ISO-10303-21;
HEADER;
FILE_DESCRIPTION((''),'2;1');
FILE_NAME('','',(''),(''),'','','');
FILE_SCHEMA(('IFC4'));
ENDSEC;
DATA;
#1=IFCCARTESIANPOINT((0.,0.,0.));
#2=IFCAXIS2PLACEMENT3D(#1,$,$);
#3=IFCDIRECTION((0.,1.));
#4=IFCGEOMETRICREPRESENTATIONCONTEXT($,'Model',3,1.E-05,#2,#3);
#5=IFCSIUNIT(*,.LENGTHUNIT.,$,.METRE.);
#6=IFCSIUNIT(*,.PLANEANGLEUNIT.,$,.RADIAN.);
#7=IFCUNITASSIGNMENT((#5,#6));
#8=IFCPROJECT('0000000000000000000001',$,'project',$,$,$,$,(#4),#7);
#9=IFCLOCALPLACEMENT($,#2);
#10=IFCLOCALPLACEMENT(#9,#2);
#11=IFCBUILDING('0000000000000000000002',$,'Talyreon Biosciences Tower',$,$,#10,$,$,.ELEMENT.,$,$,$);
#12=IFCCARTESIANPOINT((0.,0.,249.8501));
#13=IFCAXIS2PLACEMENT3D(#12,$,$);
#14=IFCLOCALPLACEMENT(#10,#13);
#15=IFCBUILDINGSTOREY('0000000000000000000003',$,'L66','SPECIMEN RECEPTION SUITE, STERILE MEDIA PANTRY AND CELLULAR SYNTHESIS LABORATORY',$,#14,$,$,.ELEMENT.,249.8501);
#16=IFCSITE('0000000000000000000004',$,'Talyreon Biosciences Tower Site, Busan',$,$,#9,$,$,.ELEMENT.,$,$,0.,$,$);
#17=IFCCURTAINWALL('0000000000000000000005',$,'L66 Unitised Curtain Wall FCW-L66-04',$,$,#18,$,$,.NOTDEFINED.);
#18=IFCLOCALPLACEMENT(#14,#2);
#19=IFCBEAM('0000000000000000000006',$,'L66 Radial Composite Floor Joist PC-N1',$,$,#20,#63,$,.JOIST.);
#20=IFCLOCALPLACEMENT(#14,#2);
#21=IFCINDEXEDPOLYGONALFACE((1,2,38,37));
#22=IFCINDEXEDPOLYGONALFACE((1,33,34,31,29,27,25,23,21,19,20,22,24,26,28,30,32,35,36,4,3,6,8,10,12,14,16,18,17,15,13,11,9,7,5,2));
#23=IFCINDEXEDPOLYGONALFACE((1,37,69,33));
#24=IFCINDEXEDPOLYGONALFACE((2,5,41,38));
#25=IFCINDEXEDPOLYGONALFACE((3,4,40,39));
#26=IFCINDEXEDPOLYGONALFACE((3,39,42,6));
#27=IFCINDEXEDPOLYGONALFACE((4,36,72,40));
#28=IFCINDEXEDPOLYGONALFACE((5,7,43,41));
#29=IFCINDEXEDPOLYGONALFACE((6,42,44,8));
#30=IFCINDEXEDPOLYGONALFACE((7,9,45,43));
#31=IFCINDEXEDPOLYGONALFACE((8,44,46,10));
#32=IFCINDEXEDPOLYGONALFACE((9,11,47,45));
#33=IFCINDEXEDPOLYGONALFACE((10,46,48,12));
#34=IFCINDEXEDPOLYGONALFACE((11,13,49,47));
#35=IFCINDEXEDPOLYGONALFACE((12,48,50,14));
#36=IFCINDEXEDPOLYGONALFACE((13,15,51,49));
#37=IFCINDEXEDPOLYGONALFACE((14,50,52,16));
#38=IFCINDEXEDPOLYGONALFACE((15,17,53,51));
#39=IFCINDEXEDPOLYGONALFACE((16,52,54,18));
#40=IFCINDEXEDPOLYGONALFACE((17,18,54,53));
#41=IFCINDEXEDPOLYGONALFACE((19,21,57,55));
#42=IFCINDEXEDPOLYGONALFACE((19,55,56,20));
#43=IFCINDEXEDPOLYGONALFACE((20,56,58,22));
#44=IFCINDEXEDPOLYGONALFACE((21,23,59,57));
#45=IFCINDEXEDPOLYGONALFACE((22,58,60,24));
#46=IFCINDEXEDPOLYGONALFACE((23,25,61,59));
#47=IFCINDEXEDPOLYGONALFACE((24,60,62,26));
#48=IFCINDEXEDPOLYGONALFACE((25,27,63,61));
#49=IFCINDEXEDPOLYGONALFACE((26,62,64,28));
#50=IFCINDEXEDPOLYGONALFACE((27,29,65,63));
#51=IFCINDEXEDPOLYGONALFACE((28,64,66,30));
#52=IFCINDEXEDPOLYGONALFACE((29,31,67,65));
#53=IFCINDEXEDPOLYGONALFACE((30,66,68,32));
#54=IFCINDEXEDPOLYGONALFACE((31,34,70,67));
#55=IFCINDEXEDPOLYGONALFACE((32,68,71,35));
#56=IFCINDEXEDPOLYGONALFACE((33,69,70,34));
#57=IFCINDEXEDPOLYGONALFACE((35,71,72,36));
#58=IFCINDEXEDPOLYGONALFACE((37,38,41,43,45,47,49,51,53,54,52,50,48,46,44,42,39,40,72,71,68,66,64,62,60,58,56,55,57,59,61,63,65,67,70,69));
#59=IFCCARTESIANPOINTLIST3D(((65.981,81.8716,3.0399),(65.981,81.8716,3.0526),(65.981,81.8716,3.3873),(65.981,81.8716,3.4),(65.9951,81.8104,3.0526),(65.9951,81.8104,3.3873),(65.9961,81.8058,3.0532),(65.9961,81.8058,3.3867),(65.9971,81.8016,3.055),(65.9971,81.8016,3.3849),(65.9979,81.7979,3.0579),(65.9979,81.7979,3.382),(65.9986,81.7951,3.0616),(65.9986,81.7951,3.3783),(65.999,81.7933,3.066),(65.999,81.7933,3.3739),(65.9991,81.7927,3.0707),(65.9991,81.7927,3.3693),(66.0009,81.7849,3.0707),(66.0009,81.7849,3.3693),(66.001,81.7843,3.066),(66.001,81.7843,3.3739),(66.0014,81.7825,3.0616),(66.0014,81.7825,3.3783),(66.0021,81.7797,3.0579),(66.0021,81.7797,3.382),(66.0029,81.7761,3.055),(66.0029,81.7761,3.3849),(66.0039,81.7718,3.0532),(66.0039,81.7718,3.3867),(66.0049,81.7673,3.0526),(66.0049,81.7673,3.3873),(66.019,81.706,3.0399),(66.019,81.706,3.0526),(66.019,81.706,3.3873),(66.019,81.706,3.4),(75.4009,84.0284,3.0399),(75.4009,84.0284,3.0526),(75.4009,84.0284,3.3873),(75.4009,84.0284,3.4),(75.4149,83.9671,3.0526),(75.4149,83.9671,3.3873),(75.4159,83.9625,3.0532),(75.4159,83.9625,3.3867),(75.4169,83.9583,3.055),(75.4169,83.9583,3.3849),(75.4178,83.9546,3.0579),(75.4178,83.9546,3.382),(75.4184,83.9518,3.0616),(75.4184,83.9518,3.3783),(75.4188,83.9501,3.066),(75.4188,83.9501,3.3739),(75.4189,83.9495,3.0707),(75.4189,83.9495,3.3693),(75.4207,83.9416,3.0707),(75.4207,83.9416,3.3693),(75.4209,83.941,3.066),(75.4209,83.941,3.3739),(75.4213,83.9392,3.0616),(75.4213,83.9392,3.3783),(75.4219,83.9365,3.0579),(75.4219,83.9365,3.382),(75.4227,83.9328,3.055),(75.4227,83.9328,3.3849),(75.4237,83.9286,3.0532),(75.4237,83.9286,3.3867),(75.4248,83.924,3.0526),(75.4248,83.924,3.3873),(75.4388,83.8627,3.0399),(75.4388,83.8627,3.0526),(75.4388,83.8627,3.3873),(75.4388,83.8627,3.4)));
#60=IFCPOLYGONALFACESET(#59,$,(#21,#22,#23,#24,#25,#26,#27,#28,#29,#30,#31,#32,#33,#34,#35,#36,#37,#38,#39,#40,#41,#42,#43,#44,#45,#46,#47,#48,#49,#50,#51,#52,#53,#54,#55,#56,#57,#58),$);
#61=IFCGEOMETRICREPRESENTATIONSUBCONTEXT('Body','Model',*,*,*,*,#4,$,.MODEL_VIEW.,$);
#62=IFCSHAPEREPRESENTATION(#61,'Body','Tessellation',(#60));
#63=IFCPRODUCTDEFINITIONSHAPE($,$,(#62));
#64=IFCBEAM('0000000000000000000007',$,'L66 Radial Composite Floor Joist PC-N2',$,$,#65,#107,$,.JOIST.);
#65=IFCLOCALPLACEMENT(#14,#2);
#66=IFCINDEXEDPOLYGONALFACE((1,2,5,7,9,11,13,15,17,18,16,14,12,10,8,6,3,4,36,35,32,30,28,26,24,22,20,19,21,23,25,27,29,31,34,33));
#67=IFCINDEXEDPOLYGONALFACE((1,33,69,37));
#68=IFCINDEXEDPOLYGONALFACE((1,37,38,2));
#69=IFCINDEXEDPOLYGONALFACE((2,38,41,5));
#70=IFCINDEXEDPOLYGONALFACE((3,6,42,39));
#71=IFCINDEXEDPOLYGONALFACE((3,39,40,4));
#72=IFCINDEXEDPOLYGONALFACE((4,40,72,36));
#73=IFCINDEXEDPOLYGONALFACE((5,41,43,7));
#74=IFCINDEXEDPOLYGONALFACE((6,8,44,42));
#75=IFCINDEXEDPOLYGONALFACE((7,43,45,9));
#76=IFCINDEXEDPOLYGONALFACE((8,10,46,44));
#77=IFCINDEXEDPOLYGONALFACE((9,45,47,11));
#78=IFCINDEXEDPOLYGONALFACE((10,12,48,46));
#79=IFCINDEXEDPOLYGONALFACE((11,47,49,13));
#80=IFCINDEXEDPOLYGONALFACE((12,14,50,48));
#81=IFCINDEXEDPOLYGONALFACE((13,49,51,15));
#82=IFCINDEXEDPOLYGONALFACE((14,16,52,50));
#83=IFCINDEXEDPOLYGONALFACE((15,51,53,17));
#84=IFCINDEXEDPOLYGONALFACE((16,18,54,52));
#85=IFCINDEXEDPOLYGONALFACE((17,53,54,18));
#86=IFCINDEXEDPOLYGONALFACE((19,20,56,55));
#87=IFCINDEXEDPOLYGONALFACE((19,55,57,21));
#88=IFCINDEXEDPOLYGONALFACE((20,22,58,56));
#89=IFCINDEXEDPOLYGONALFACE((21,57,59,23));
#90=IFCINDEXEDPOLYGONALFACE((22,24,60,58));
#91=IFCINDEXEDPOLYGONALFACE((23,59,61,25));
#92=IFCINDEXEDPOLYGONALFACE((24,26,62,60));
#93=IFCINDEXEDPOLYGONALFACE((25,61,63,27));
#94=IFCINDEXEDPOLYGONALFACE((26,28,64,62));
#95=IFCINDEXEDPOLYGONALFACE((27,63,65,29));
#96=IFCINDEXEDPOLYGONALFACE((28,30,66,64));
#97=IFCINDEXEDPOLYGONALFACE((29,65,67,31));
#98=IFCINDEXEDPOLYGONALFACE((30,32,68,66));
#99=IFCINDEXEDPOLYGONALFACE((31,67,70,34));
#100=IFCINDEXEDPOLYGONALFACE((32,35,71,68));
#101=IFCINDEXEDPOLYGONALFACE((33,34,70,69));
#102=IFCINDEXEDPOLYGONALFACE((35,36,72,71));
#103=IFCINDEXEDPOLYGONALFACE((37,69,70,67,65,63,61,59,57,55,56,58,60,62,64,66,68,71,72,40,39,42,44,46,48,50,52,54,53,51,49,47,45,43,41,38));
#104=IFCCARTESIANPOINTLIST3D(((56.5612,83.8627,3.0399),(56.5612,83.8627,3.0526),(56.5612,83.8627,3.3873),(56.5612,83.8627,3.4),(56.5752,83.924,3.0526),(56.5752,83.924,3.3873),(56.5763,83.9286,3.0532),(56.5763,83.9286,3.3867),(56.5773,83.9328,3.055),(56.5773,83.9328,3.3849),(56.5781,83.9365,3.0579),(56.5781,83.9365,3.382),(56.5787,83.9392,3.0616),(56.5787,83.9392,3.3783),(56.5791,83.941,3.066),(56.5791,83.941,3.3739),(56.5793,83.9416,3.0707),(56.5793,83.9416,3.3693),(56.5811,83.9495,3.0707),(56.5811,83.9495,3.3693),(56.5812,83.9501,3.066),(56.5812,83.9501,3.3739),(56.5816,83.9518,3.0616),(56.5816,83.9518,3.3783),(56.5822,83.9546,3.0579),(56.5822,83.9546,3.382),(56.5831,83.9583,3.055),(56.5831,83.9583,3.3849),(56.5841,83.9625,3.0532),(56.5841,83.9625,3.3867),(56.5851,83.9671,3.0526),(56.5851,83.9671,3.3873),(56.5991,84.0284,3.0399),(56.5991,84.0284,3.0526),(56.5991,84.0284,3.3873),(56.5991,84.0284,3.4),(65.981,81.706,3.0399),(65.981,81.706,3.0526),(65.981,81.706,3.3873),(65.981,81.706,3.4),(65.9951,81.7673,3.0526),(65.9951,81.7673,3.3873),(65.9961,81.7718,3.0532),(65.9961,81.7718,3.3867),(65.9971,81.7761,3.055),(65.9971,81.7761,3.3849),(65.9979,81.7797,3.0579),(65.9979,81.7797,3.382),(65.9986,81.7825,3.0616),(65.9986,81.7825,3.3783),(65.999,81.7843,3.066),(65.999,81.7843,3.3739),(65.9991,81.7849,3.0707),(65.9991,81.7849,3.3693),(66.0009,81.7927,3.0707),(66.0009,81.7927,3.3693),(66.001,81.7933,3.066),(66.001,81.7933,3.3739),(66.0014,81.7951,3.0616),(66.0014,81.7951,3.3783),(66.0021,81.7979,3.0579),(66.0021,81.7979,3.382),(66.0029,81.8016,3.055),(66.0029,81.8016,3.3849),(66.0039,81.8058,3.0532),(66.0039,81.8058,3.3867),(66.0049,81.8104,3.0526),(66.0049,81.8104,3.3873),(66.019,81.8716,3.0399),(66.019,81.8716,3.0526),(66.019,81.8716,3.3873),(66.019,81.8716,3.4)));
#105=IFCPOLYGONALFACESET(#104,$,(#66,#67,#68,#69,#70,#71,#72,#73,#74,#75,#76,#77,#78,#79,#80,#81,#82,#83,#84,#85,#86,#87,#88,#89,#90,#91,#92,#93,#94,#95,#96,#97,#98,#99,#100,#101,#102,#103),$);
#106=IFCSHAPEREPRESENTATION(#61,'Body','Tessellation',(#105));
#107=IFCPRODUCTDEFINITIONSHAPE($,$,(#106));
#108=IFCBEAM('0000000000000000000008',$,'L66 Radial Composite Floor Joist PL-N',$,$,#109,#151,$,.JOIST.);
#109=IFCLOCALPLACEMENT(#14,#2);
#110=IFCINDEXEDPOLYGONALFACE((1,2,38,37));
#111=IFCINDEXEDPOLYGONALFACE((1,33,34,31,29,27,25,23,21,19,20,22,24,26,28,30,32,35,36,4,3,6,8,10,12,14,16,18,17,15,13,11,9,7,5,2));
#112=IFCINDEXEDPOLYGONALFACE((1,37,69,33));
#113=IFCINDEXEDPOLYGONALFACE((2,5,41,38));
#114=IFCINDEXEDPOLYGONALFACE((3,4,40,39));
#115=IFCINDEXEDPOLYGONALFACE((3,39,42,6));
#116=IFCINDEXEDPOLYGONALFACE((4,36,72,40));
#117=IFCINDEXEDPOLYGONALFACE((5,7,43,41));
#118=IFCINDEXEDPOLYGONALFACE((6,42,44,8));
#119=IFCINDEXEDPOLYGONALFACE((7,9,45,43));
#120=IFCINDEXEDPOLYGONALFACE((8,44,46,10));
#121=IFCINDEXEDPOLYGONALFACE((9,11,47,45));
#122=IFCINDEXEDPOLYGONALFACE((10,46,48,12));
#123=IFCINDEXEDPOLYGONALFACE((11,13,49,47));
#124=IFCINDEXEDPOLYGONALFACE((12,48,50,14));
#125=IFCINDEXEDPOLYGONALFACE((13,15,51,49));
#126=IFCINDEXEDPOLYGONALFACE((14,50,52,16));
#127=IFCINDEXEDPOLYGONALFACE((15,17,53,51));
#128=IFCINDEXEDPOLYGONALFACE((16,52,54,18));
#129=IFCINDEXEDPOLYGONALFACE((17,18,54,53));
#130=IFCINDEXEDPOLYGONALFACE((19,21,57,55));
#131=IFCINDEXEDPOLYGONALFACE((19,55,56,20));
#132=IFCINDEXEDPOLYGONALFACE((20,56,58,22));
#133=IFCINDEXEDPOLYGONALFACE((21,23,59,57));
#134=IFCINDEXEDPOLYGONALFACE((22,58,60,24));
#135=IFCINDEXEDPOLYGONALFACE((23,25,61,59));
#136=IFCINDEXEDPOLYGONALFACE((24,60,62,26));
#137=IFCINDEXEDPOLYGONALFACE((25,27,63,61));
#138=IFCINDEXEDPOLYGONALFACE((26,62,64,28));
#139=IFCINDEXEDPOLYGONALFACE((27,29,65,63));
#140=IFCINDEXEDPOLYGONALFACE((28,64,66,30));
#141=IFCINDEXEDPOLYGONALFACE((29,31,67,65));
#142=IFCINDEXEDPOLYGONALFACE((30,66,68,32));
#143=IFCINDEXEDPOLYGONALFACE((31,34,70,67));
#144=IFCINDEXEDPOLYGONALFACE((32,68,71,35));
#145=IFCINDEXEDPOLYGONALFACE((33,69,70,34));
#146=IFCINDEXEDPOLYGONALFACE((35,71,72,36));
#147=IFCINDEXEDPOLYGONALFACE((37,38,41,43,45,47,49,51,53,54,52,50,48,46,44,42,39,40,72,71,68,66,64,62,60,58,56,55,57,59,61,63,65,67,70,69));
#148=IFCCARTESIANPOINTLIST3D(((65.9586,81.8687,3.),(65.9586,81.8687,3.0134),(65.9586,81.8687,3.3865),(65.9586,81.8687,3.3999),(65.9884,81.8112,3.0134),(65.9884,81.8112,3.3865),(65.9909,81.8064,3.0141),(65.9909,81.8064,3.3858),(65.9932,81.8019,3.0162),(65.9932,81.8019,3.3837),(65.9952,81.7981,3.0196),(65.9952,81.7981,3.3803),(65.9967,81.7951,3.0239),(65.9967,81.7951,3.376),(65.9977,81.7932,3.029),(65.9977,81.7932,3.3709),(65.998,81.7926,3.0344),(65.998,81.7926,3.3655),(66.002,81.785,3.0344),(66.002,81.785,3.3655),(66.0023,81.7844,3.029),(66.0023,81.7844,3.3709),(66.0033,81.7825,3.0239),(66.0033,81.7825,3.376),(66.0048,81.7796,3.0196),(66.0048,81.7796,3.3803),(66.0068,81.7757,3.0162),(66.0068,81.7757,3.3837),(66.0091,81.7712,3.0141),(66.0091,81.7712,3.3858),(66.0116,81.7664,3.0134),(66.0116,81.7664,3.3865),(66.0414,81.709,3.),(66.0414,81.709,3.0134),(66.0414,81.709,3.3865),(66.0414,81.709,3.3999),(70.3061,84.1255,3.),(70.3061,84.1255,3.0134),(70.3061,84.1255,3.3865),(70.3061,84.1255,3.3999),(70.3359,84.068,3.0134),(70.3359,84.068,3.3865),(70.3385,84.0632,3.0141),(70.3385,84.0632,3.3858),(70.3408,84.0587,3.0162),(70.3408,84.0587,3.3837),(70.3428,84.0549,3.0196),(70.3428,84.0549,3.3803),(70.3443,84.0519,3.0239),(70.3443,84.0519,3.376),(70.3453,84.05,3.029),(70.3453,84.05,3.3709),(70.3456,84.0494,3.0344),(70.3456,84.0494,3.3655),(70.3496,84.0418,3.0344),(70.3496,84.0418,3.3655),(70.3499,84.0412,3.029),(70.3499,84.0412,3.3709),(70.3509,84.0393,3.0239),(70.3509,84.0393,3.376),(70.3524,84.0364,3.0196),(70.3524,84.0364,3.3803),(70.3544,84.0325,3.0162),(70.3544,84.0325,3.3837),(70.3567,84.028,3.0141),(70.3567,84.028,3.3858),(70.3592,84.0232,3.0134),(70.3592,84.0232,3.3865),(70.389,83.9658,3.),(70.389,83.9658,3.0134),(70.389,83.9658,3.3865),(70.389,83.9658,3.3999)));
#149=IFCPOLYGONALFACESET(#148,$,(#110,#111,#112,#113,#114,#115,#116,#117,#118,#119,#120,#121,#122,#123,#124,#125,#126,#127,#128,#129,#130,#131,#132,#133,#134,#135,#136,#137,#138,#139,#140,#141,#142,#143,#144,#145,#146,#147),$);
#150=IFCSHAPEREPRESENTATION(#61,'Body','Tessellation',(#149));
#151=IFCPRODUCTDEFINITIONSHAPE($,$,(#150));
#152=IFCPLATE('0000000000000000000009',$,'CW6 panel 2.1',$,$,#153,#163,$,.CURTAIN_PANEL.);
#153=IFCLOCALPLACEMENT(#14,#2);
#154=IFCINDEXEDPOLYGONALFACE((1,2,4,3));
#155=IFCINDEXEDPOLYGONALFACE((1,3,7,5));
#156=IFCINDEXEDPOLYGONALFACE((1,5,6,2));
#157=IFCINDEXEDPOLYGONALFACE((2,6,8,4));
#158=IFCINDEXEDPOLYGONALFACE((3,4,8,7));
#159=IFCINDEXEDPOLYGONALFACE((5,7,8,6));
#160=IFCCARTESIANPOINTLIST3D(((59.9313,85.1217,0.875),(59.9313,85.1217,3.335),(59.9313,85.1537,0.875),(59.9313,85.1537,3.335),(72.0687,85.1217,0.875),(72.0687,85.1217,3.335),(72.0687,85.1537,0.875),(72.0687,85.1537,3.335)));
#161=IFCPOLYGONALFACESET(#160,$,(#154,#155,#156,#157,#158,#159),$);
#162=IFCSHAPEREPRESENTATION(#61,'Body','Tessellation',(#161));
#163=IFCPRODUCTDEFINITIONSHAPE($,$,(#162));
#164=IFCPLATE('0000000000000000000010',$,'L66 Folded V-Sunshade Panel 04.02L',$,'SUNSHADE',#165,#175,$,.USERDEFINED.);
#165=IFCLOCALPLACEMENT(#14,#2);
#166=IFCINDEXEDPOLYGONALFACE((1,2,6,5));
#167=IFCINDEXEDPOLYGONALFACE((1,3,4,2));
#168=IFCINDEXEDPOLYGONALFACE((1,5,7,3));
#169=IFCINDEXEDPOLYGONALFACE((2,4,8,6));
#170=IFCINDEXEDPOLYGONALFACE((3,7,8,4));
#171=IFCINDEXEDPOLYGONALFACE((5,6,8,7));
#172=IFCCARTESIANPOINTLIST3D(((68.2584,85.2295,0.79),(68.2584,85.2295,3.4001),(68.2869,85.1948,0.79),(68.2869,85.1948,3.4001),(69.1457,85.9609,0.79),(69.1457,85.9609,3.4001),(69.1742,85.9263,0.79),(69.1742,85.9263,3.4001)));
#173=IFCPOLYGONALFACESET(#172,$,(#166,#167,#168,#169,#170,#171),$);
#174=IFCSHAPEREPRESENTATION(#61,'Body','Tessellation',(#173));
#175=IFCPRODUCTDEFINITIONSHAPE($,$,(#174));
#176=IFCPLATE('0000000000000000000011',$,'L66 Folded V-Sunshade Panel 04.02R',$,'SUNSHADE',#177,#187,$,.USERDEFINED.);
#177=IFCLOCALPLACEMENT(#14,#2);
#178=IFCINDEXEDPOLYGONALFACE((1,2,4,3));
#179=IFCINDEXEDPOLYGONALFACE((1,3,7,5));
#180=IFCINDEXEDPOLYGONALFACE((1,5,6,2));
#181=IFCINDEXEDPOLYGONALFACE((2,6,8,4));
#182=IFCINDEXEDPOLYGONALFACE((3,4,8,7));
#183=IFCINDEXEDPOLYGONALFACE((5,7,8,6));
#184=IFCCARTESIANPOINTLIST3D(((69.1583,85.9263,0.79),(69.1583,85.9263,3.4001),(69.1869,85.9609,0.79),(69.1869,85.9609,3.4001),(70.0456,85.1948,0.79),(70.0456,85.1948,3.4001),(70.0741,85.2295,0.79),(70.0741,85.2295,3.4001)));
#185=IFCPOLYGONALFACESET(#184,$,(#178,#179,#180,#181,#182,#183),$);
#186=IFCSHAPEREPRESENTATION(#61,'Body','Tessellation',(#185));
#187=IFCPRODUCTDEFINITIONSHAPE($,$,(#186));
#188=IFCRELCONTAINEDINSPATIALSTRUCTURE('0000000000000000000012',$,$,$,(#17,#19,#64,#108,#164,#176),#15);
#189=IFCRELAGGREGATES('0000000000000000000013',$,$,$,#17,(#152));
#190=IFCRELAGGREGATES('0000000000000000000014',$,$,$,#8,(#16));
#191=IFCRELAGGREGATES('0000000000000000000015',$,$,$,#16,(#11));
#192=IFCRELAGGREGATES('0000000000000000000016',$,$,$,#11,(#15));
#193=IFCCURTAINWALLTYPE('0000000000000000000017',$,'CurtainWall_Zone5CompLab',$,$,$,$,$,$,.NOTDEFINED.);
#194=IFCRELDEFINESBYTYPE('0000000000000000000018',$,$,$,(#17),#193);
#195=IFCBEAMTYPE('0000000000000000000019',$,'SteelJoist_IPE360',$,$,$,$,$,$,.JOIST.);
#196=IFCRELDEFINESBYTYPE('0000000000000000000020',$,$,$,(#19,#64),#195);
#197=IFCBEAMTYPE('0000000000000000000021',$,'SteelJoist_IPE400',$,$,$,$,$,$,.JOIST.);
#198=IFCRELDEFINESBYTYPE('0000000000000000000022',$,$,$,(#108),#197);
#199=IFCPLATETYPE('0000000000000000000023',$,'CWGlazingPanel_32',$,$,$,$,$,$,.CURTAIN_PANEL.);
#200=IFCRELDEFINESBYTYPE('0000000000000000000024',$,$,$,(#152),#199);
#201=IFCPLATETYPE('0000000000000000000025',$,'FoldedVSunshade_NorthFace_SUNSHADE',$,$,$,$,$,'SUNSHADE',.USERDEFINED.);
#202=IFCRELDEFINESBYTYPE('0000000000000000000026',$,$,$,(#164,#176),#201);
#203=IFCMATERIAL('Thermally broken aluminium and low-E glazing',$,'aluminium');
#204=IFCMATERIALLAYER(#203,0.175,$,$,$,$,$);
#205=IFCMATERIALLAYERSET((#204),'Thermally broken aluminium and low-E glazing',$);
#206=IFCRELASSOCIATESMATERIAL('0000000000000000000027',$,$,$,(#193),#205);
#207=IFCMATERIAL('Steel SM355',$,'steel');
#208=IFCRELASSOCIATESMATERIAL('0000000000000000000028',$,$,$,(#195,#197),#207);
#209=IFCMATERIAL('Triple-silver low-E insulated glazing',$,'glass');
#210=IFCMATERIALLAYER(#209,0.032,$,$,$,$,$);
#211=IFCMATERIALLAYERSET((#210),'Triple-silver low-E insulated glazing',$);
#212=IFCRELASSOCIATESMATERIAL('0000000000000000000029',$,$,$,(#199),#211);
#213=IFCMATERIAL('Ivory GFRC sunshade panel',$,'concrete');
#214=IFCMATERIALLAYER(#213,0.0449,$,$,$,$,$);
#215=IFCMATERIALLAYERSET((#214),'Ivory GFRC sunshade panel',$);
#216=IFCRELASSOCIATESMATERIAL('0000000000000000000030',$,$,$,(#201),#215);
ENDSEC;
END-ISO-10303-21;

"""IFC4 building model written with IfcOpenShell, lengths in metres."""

from ifc_helpers import new_model, si_unit, direction, frame, origin, origin_2d, place, context, subcontext, project, spatial, rectangle, i_section, extrude, material, layer, layer_set, material_profile, profile_set, type_object, element, aggregate, save


model = new_model("IFC4")

# Units and contexts
model_context = context("Model", 3, precision=1e-05, world=origin(), true_north=direction((0.0, 1.0)))
body_context = subcontext(model_context, "Body", "Model", "MODEL_VIEW")
ifc_project = project(units=[si_unit("LENGTHUNIT", "METRE"), si_unit("PLANEANGLEUNIT", "RADIAN")], contexts=[model_context])

# Site, building, storey
site_placement = place(None, origin())
site = spatial("IfcSite", under=ifc_project, at=site_placement, Name="Talyreon Biosciences Tower Site, Busan", CompositionType="ELEMENT", RefElevation=0.0)
building_placement = place(site_placement, origin())
building = spatial("IfcBuilding", under=site, at=building_placement, Name="Talyreon Biosciences Tower", CompositionType="ELEMENT")
storey_placement = place(building_placement, frame((0.0, 0.0, 249.8501)))
storey = spatial("IfcBuildingStorey", under=building, at=storey_placement, Name="L66", Description="SPECIMEN RECEPTION SUITE, STERILE MEDIA PANTRY AND CELLULAR SYNTHESIS LABORATORY", CompositionType="ELEMENT", Elevation=249.8501)

# Curtain wall
ifc_material_1 = material(Name="Thermally broken aluminium and low-E glazing", Category="aluminium")
ifc_layer_1 = layer(ifc_material_1, 0.175)
ifc_layer_set_1 = layer_set([ifc_layer_1], Name="Thermally broken aluminium and low-E glazing")
curtain_wall_type = type_object("IfcCurtainWallType", Name="CurtainWall_Zone5CompLab", PredefinedType="NOTDEFINED", material=ifc_layer_set_1)
curtain_wall_placement = place(storey_placement, origin())
curtain_wall = element("IfcCurtainWall", 1, at=curtain_wall_placement, inside=storey, type_object=curtain_wall_type, Name="L66 Unitised Curtain Wall FCW-L66-04", PredefinedType="NOTDEFINED")

# Beams
ifc_material_2 = material(Name="Steel SM355", Category="steel")
ifc_material_profile_1 = material_profile(ifc_material_2, i_section(OverallWidth=0.1699, OverallDepth=0.3601, WebThickness=0.0081, FlangeThickness=0.0127, FilletRadius=0.0181, at=origin_2d()), Name="IPE360")
ifc_profile_set_1 = profile_set([ifc_material_profile_1], Name="Steel SM355")
beam_type_1 = type_object("IfcBeamType", Name="SteelJoist_IPE360", PredefinedType="JOIST", material=ifc_profile_set_1)
for number, where, z_axis, x_axis, name in (
    (2, (66.0, 81.7888, 3.22), (0.974777, 0.22318, 0.0), (-0.22318, 0.974777, 0.0), "L66 Radial Composite Floor Joist PC-N1"),
    (3, (66.0, 81.7888, 3.22), (-0.974777, 0.22318, 0.0), (-0.22318, -0.974777, 0.0), "L66 Radial Composite Floor Joist PC-N2"),
):
    element("IfcBeam", number, at=place(storey_placement, frame(where, z_axis=z_axis, x_axis=x_axis)), inside=storey, type_object=beam_type_1, Name=name, PredefinedType="JOIST", context=body_context, shape_type="SweptSolid", body=[
        extrude(i_section(OverallWidth=0.1699, OverallDepth=0.3601, WebThickness=0.0081, FlangeThickness=0.0127, FilletRadius=0.0181, at=origin_2d()), origin(), (0.0, 0.0, 1.0), 9.6636),
    ])
ifc_material_profile_2 = material_profile(ifc_material_2, i_section(OverallWidth=0.1799, OverallDepth=0.3999, WebThickness=0.0085, FlangeThickness=0.0134, FilletRadius=0.021, at=origin_2d()), Name="IPE400")
ifc_profile_set_2 = profile_set([ifc_material_profile_2], Name="Steel SM355")
beam_type_2 = type_object("IfcBeamType", Name="SteelJoist_IPE400", PredefinedType="JOIST", material=ifc_profile_set_2)
beam_1_placement = place(storey_placement, frame((66.0, 81.7888, 3.2), z_axis=(0.887546, 0.460719, 0.0), x_axis=(-0.460719, 0.887546, 0.0)))
element("IfcBeam", 4, at=beam_1_placement, inside=storey, type_object=beam_type_2, Name="L66 Radial Composite Floor Joist PL-N", PredefinedType="JOIST", context=body_context, shape_type="SweptSolid", body=[
    extrude(i_section(OverallWidth=0.1799, OverallDepth=0.3999, WebThickness=0.0085, FlangeThickness=0.0134, FilletRadius=0.021, at=origin_2d()), origin(), (0.0, 0.0, 1.0), 4.8984),
])

# Plate
ifc_material_3 = material(Name="Triple-silver low-E insulated glazing", Category="glass")
ifc_layer_2 = layer(ifc_material_3, 0.032)
ifc_layer_set_2 = layer_set([ifc_layer_2], Name="Triple-silver low-E insulated glazing")
plate_type_1 = type_object("IfcPlateType", Name="CWGlazingPanel_32", PredefinedType="CURTAIN_PANEL", material=ifc_layer_set_2)
plate_placement = place(storey_placement, frame((66.0, 85.1377, 0.875), z_axis=(0.0, 0.0, 1.0), x_axis=(1.0, 0.0, 0.0)))
plate = element("IfcPlate", 5, at=plate_placement, type_object=plate_type_1, Name="CW6 panel 2.1", PredefinedType="CURTAIN_PANEL", context=body_context, shape_type="SweptSolid", body=[
    extrude(rectangle(XDim=12.1375, YDim=0.032, at=origin_2d()), origin(), (0.0, 0.0, 1.0), 2.46),
])
aggregate(curtain_wall, [plate])

# Plates
ifc_material_4 = material(Name="Ivory GFRC sunshade panel", Category="concrete")
ifc_layer_3 = layer(ifc_material_4, 0.0449)
ifc_layer_set_3 = layer_set([ifc_layer_3], Name="Ivory GFRC sunshade panel")
plate_type_2 = type_object("IfcPlateType", Name="FoldedVSunshade_NorthFace_SUNSHADE", ElementType="SUNSHADE", PredefinedType="USERDEFINED", material=ifc_layer_set_3)
for number, where, z_axis, x_axis, name in (
    (6, (68.7163, 85.5779, 0.79), (0.0, 0.0, 1.0), (0.771625, 0.636078, 0.0), "L66 Folded V-Sunshade Panel 04.02L"),
    (7, (69.6162, 85.5779, 0.79), (0.0, 0.0, 1.0), (0.771625, -0.636078, 0.0), "L66 Folded V-Sunshade Panel 04.02R"),
):
    element("IfcPlate", number, at=place(storey_placement, frame(where, z_axis=z_axis, x_axis=x_axis)), inside=storey, type_object=plate_type_2, Name=name, ObjectType="SUNSHADE", PredefinedType="USERDEFINED", context=body_context, shape_type="SweptSolid", body=[
        extrude(rectangle(XDim=1.1499, YDim=0.0449, at=origin_2d()), origin(), (0.0, 0.0, 1.0), 2.6101),
    ])

save(model, "model.ifc")
